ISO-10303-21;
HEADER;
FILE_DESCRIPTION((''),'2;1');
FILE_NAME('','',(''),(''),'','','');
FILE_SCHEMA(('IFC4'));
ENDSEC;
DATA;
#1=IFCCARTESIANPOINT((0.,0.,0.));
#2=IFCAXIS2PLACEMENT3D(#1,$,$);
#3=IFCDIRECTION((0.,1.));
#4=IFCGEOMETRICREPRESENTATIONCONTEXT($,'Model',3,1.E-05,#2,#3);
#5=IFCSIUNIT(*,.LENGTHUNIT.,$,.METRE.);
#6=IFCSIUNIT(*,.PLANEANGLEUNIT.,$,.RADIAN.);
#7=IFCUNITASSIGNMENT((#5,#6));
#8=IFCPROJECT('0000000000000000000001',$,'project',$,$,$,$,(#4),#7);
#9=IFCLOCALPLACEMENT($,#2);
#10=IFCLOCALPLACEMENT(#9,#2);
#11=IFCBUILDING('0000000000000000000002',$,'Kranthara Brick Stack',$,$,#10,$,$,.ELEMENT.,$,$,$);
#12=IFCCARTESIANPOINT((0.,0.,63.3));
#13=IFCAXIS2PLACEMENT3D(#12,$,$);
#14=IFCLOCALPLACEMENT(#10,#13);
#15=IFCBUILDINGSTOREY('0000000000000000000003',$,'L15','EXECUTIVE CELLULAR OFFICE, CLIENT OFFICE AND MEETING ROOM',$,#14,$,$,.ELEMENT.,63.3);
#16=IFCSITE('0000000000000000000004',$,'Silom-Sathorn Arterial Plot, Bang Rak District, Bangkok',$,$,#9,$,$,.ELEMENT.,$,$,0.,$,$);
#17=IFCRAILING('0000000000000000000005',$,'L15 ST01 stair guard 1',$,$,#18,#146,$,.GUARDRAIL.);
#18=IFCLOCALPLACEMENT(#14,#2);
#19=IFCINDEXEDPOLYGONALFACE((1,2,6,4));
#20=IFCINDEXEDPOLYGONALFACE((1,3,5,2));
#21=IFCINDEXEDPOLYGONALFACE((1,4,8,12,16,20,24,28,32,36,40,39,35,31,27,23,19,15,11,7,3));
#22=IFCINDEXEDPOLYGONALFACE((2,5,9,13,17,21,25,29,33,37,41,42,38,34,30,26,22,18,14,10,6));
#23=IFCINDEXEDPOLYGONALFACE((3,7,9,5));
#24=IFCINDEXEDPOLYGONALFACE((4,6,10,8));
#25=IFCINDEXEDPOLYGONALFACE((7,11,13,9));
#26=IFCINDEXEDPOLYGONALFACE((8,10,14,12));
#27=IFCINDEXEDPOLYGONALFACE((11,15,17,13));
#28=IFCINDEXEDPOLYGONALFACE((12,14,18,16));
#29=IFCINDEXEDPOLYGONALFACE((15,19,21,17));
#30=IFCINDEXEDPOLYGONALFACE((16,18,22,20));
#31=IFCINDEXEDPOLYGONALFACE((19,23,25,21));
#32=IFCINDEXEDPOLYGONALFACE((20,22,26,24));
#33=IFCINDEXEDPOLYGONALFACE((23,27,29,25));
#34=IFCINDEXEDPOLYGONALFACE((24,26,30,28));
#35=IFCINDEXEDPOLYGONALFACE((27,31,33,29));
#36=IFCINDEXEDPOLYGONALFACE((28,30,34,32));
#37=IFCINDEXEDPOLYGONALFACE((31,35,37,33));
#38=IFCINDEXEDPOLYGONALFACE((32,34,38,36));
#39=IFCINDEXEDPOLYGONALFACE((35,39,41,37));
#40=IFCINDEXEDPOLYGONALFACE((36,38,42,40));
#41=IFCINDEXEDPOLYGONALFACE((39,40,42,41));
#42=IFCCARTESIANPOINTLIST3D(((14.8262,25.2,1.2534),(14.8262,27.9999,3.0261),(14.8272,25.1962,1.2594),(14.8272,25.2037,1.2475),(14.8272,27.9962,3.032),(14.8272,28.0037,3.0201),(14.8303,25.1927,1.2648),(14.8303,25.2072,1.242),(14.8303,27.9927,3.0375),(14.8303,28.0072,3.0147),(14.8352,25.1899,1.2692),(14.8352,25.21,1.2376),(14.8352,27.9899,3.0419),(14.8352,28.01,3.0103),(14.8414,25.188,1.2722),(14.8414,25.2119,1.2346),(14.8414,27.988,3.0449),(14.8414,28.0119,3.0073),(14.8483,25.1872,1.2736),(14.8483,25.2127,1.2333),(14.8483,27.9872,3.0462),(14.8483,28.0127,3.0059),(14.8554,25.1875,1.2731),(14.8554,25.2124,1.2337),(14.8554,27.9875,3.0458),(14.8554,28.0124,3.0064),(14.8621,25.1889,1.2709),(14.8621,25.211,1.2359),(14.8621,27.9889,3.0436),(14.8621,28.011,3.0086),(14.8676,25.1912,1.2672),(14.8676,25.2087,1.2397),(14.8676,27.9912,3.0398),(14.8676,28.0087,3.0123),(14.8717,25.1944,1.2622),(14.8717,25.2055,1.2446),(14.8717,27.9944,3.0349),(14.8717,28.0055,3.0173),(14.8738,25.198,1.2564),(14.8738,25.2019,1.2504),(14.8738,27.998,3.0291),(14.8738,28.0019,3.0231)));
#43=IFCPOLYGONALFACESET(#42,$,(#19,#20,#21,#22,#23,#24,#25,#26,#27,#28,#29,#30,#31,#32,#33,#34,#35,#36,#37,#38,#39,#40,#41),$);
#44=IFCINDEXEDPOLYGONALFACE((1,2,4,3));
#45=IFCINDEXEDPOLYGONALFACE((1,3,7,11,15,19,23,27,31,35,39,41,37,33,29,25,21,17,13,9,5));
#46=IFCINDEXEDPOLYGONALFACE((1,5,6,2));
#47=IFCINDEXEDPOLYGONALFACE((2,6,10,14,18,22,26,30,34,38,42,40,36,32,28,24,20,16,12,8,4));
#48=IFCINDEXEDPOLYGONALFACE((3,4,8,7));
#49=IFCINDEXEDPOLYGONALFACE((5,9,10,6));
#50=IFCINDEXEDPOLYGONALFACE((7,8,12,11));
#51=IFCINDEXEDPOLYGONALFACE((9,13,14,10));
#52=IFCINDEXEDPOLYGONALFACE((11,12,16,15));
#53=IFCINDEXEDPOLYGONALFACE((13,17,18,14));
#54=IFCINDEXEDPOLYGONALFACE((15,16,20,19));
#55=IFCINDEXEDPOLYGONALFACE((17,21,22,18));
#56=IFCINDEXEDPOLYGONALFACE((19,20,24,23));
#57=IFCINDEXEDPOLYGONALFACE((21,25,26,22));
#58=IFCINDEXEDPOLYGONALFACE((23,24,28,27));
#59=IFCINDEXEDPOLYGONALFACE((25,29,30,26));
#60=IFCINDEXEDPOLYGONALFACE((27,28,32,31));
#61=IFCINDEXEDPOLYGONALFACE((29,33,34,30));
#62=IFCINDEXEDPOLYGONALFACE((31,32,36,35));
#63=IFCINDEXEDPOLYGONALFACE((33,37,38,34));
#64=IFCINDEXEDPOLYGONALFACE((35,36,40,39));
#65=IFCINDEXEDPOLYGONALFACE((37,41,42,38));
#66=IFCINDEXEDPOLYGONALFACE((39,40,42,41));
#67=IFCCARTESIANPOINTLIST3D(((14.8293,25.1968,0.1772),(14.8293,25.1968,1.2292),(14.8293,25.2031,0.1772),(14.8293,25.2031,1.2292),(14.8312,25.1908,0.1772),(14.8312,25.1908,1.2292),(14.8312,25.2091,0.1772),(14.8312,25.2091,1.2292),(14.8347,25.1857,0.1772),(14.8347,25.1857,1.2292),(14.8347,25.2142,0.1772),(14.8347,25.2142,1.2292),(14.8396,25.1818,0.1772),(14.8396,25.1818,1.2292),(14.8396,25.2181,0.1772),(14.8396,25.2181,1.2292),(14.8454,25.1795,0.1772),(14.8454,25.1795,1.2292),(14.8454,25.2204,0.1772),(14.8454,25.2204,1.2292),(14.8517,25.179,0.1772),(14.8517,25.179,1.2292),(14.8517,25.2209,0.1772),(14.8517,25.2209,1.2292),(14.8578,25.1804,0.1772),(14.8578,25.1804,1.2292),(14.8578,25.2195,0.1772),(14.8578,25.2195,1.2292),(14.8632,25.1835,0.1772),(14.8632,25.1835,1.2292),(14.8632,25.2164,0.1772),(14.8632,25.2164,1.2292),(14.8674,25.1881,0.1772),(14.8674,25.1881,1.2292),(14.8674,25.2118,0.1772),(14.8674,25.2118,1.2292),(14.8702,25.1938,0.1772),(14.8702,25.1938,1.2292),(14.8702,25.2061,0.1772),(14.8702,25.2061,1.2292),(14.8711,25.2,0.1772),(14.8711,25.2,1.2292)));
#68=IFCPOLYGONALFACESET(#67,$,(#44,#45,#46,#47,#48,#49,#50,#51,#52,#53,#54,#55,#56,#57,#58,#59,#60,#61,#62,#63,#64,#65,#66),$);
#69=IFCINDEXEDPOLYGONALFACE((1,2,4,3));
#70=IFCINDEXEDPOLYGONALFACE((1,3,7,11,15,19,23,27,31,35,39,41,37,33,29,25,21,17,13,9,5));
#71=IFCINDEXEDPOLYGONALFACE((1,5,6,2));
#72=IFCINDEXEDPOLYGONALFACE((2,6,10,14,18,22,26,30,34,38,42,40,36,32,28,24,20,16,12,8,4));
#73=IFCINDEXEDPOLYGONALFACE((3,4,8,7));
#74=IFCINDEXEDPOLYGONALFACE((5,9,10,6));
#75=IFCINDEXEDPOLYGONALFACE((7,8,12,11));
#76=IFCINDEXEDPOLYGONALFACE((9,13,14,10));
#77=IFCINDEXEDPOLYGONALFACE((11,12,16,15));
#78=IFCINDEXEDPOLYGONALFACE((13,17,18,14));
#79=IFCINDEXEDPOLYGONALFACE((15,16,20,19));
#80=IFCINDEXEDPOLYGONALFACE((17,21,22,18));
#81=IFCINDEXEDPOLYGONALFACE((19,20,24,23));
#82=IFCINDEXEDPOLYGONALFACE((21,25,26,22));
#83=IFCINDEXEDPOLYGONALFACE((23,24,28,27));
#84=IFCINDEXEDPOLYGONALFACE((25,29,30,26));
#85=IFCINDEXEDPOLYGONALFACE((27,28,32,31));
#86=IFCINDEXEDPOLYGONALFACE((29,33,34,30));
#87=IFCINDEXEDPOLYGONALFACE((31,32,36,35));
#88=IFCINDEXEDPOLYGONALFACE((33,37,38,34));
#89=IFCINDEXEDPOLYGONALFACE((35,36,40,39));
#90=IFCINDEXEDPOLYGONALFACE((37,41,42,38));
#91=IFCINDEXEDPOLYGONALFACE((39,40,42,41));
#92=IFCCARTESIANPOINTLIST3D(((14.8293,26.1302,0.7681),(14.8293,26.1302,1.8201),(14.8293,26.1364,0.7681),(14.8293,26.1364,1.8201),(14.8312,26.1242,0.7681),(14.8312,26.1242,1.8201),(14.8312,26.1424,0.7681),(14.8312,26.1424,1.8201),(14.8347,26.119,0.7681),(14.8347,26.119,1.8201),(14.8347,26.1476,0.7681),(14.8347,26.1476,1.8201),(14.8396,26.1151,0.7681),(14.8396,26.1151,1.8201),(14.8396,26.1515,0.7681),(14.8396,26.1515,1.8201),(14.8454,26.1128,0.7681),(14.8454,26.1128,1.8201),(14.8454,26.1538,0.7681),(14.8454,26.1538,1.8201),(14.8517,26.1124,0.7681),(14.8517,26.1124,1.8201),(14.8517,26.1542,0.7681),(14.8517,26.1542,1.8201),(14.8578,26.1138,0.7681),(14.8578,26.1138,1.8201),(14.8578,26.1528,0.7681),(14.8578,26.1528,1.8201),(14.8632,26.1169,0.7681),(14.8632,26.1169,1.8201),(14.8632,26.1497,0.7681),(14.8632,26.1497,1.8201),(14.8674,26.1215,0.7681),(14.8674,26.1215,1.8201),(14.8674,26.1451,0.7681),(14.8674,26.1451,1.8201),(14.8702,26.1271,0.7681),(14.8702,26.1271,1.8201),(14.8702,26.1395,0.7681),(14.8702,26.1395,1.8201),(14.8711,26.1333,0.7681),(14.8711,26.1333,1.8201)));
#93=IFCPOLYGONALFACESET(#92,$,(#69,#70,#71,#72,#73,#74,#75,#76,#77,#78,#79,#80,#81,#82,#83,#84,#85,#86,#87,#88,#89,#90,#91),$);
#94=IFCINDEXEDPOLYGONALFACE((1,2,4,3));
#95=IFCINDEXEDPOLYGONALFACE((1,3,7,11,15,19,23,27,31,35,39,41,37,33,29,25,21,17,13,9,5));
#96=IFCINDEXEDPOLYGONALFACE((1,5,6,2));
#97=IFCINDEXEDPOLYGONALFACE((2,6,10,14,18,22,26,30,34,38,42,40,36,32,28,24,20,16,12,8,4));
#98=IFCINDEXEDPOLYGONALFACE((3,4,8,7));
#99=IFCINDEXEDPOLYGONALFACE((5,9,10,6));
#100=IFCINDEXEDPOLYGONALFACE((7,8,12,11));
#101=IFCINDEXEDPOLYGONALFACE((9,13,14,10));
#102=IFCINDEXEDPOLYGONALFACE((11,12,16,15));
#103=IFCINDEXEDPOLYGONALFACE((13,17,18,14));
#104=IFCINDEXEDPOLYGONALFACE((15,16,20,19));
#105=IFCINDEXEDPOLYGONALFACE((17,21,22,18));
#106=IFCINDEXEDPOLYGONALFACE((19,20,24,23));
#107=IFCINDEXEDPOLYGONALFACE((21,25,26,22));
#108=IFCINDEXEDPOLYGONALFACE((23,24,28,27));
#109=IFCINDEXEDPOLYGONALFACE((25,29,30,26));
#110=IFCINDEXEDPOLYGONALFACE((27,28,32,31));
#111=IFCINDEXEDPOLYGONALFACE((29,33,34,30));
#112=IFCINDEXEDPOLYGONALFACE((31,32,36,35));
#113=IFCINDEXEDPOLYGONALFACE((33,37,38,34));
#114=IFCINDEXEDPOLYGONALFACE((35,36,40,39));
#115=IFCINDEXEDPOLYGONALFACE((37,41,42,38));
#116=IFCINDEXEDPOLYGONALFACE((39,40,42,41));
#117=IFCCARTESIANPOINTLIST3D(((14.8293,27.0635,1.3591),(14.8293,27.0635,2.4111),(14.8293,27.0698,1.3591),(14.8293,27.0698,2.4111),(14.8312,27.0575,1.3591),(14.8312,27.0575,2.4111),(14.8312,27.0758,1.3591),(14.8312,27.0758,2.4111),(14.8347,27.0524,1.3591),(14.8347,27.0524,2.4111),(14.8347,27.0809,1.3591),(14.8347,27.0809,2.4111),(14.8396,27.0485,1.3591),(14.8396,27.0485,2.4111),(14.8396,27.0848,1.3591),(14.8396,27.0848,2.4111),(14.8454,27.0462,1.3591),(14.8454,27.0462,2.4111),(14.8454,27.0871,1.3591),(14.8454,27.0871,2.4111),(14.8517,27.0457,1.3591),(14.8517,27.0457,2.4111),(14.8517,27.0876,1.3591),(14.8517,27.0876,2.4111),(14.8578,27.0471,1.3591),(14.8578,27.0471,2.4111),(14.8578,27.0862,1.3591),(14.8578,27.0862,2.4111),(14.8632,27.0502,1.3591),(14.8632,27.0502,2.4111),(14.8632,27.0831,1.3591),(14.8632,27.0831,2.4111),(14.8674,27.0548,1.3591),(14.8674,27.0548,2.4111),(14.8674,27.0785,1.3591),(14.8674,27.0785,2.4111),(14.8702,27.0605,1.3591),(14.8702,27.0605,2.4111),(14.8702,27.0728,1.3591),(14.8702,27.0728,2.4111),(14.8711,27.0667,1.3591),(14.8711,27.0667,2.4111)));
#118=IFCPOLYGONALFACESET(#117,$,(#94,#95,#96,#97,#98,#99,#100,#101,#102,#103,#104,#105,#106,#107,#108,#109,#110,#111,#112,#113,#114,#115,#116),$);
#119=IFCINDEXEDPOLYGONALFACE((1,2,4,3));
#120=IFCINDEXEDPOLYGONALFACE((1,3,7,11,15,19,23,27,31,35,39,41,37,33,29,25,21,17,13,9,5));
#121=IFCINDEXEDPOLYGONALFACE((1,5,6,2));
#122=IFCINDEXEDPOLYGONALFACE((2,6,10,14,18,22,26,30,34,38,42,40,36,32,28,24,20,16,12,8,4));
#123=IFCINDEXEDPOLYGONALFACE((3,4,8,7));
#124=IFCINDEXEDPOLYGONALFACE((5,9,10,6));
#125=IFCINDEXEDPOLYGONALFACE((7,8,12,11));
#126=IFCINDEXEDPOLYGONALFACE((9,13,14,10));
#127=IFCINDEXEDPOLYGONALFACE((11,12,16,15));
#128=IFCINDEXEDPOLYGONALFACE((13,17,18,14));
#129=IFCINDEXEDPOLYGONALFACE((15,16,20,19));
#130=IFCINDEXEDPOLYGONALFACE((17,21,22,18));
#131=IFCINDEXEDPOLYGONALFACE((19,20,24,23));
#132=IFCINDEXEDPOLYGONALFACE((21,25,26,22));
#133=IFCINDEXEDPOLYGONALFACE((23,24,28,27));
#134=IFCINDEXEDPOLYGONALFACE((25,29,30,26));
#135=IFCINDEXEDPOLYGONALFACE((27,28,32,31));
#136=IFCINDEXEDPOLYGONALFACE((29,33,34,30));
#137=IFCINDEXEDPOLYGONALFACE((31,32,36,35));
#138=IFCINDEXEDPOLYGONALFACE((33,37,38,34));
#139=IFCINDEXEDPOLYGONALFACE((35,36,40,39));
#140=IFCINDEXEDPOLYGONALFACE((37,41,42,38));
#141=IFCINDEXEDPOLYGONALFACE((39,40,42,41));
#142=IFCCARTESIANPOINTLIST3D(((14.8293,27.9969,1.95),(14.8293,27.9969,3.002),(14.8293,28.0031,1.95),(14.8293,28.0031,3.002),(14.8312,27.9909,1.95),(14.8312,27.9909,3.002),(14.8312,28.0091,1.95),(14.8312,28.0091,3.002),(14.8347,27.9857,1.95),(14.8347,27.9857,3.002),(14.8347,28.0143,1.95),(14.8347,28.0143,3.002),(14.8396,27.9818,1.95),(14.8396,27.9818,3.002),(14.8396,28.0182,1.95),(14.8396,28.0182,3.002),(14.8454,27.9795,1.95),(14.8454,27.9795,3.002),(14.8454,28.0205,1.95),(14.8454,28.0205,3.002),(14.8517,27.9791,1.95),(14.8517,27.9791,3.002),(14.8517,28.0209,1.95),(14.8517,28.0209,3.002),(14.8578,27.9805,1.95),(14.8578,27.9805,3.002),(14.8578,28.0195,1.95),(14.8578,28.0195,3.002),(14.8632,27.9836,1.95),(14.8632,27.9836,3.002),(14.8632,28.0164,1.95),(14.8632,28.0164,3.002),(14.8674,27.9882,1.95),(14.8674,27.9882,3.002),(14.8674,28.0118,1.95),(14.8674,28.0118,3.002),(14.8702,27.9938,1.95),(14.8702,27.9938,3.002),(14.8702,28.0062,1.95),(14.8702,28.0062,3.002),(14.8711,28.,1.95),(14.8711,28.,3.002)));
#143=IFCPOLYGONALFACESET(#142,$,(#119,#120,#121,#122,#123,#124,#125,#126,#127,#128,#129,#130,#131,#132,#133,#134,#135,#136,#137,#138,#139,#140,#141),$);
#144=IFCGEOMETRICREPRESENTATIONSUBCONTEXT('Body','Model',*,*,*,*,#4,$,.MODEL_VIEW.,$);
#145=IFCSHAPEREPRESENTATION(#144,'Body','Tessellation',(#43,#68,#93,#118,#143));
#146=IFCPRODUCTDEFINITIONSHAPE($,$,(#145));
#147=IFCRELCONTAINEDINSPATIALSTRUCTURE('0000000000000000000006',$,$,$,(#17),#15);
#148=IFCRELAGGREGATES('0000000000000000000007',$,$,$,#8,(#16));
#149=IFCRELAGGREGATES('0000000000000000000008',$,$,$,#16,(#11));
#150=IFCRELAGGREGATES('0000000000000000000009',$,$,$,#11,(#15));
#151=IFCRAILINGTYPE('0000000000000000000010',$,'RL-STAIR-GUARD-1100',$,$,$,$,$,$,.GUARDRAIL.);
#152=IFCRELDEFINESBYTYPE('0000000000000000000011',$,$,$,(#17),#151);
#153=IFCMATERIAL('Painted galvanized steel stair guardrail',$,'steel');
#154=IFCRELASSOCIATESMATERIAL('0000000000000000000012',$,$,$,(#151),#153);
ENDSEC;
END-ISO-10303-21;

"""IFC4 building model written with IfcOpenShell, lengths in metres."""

from ifc_helpers import new_model, si_unit, direction, frame, origin, origin_2d, place, context, subcontext, project, spatial, circle, extrude, material, type_object, element, save


model = new_model("IFC4")

# Units and contexts
model_context = context("Model", 3, precision=1e-05, world=origin(), true_north=direction((0.0, 1.0)))
body_context = subcontext(model_context, "Body", "Model", "MODEL_VIEW")
ifc_project = project(units=[si_unit("LENGTHUNIT", "METRE"), si_unit("PLANEANGLEUNIT", "RADIAN")], contexts=[model_context])

# Site, building, storey
site_placement = place(None, origin())
site = spatial("IfcSite", under=ifc_project, at=site_placement, Name="Silom-Sathorn Arterial Plot, Bang Rak District, Bangkok", CompositionType="ELEMENT", RefElevation=0.0)
building_placement = place(site_placement, origin())
building = spatial("IfcBuilding", under=site, at=building_placement, Name="Kranthara Brick Stack", CompositionType="ELEMENT")
storey_placement = place(building_placement, frame((0.0, 0.0, 63.3)))
storey = spatial("IfcBuildingStorey", under=building, at=storey_placement, Name="L15", Description="EXECUTIVE CELLULAR OFFICE, CLIENT OFFICE AND MEETING ROOM", CompositionType="ELEMENT", Elevation=63.3)

# Railing
ifc_material_1 = material(Name="Painted galvanized steel stair guardrail", Category="steel")
railing_type_1 = type_object("IfcRailingType", Name="RL-STAIR-GUARD-1100", PredefinedType="GUARDRAIL", material=ifc_material_1)
railing_1_placement = place(storey_placement, frame((14.8501, 25.2, 0.1772)))
element("IfcRailing", 1, at=railing_1_placement, inside=storey, type_object=railing_type_1, Name="L15 ST01 stair guard 1", PredefinedType="GUARDRAIL", context=body_context, shape_type="SweptSolid", body=[
    extrude(circle(Radius=0.0239, at=origin_2d()), frame((0.0, 0.0, 1.0762), z_axis=(0.0, 0.844909, 0.53491), x_axis=(-1.0, 0.0, 0.0)), (0.0, 0.0, 1.0), 3.314),
    extrude(circle(Radius=0.021, at=origin_2d()), origin(), (0.0, 0.0, 1.0), 1.052),
    extrude(circle(Radius=0.021, at=origin_2d()), frame((0.0, 0.9333, 0.5908)), (0.0, 0.0, 1.0), 1.052),
    extrude(circle(Radius=0.021, at=origin_2d()), frame((0.0, 1.8667, 1.1819)), (0.0, 0.0, 1.0), 1.052),
    extrude(circle(Radius=0.021, at=origin_2d()), frame((0.0, 2.8, 1.7727)), (0.0, 0.0, 1.0), 1.052),
])

save(model, "model.ifc")
